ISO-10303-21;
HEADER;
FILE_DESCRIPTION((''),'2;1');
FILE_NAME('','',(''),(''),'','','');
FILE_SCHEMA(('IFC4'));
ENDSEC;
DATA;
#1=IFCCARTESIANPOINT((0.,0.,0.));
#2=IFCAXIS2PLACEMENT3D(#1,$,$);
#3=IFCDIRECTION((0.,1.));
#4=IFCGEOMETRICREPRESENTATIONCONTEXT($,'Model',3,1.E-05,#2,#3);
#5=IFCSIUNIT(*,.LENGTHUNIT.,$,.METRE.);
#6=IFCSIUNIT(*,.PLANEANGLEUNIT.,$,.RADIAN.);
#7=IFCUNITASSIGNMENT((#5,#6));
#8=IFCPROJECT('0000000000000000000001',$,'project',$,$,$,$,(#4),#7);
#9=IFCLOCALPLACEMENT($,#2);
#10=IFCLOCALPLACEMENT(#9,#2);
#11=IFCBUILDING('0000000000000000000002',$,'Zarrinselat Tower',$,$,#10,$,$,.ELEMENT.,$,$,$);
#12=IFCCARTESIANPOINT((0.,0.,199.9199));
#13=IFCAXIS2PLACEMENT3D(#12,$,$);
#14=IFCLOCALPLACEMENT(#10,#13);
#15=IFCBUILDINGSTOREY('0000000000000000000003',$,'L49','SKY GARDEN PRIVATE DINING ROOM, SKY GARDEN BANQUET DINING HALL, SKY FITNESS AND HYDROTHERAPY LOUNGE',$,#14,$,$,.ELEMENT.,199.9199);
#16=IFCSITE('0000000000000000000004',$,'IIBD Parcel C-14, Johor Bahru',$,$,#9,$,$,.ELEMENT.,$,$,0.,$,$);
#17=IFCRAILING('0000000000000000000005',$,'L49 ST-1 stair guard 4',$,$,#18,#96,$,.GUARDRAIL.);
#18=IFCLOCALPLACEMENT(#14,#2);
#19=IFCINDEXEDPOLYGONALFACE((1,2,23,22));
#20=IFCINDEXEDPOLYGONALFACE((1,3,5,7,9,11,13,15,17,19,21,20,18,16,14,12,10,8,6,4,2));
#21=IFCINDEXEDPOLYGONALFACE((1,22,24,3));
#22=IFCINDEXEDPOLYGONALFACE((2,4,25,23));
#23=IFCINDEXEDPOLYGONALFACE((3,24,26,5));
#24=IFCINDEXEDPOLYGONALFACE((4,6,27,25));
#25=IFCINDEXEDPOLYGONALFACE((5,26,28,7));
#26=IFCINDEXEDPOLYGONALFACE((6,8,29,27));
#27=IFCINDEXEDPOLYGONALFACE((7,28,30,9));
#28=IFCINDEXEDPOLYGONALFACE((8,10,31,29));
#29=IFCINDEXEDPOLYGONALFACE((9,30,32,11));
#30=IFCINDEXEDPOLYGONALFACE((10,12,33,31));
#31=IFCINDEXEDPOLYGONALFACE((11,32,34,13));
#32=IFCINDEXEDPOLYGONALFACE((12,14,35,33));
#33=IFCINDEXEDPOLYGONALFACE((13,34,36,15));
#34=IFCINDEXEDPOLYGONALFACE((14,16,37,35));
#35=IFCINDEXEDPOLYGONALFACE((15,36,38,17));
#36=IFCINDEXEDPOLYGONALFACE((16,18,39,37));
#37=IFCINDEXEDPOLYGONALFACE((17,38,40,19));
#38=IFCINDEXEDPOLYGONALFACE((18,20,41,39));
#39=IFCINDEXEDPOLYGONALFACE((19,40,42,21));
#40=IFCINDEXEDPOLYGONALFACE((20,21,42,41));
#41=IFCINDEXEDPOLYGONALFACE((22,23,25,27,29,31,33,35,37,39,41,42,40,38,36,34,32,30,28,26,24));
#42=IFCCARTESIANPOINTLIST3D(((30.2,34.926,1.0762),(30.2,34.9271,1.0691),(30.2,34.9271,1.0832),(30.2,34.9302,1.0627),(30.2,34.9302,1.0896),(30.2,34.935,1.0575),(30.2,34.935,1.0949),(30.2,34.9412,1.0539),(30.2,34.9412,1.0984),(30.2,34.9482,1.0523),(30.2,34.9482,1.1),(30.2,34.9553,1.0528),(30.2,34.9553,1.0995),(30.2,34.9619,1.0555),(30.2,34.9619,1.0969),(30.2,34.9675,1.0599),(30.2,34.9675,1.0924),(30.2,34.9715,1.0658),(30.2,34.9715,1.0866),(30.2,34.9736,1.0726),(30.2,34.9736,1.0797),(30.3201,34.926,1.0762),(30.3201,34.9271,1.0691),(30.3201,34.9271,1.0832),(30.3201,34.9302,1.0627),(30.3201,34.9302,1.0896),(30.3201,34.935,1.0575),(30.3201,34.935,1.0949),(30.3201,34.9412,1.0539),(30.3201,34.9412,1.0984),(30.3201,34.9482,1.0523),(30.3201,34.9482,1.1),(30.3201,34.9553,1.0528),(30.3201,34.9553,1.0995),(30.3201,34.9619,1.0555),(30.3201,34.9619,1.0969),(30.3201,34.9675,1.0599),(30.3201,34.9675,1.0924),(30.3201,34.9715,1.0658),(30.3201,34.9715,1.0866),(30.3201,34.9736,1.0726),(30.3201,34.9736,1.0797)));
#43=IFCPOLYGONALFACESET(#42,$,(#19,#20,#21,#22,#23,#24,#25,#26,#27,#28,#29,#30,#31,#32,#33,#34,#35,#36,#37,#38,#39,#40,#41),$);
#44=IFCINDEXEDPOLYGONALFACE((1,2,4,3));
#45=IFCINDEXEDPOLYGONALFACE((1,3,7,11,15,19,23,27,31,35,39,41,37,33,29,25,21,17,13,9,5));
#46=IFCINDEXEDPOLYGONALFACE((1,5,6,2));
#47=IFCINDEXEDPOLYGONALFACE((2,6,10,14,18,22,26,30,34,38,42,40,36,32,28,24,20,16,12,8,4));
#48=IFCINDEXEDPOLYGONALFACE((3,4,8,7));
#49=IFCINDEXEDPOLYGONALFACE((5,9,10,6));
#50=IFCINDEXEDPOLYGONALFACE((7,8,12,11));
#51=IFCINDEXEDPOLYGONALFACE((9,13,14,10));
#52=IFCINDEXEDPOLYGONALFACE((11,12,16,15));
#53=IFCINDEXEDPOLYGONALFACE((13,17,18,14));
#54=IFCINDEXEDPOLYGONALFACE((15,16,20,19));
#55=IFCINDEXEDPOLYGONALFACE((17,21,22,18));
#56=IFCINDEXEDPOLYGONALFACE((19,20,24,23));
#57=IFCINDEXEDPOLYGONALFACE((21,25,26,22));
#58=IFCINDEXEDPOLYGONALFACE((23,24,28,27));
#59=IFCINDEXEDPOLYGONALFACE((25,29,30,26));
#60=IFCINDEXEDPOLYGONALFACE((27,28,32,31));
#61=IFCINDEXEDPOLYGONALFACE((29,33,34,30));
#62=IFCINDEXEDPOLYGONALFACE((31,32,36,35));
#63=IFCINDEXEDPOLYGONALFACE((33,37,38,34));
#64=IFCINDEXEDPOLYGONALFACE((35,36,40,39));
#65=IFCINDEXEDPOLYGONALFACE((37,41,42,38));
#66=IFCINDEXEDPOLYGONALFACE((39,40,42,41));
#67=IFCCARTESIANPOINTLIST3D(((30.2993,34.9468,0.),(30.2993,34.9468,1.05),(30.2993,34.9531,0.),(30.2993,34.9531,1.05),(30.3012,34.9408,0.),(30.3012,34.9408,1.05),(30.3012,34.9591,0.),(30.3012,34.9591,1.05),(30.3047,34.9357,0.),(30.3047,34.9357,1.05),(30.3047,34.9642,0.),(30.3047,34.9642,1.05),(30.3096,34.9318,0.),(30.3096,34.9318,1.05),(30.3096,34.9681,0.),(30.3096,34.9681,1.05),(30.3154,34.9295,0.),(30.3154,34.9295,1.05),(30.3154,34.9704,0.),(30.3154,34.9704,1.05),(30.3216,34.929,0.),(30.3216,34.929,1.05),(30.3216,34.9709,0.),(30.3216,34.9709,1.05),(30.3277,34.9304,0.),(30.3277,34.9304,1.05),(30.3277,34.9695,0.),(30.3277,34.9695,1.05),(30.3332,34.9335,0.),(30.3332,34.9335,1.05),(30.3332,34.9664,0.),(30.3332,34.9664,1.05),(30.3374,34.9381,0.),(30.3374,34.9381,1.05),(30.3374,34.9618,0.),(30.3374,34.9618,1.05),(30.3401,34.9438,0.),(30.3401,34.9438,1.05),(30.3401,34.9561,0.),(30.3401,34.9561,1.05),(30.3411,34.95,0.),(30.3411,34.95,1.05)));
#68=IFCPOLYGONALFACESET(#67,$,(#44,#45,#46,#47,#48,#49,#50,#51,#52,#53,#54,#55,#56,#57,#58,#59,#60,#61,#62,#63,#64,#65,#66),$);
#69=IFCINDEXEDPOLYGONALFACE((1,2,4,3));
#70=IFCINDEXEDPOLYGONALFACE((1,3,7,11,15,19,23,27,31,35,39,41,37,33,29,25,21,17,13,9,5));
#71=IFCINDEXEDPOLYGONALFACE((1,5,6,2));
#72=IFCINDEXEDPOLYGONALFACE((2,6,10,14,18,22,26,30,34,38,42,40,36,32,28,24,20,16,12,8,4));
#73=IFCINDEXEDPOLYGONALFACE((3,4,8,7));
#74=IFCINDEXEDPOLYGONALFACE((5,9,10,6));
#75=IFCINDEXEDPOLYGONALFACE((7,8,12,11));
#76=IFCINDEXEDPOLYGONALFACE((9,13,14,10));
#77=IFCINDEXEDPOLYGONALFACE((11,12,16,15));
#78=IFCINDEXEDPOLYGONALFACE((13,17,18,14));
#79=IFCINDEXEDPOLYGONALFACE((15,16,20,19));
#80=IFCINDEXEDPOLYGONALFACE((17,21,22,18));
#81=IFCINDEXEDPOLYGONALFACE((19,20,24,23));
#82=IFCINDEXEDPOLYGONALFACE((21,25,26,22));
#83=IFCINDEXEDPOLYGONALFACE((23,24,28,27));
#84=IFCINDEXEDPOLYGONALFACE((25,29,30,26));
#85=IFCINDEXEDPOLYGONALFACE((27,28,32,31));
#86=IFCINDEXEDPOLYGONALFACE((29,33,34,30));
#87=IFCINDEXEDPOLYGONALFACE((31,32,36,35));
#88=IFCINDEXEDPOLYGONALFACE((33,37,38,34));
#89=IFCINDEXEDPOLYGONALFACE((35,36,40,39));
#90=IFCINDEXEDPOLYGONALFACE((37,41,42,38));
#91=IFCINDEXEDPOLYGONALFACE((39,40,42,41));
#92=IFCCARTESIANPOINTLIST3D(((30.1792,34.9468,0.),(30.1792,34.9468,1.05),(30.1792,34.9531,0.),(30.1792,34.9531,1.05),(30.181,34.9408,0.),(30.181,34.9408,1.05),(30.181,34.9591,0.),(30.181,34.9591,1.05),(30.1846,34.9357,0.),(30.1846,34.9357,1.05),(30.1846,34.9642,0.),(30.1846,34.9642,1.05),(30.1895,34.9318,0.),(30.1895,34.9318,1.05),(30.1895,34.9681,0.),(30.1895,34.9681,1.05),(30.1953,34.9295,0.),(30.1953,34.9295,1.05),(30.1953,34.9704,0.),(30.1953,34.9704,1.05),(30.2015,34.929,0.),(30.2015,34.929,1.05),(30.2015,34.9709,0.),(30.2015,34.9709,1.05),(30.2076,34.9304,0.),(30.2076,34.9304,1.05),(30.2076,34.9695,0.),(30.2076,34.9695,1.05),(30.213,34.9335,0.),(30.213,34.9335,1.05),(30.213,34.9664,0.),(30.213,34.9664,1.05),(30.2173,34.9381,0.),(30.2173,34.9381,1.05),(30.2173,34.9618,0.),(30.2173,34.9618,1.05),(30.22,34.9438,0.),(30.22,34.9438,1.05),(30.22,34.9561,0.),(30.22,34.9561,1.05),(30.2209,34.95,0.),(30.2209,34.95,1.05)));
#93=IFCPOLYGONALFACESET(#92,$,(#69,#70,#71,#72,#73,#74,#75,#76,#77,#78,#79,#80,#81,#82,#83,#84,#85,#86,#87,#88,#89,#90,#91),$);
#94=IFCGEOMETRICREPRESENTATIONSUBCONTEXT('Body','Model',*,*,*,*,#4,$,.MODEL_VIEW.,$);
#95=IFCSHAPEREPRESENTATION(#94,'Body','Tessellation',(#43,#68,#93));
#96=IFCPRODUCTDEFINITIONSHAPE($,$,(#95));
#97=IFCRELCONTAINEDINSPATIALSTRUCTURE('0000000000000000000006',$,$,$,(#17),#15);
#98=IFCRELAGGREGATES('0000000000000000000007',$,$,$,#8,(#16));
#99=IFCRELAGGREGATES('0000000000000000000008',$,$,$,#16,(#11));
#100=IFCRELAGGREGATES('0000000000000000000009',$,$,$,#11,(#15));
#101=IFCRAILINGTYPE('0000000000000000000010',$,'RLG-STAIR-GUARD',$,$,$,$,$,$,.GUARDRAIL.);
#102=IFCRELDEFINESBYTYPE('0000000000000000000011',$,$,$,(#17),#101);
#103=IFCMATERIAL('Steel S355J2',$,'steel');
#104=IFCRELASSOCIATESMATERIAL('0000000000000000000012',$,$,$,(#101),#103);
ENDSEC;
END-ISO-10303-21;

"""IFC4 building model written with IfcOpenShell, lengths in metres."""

from ifc_helpers import new_model, si_unit, direction, frame, origin, origin_2d, place, context, subcontext, project, spatial, circle, extrude, material, type_object, element, save


model = new_model("IFC4")

# Units and contexts
model_context = context("Model", 3, precision=1e-05, world=origin(), true_north=direction((0.0, 1.0)))
body_context = subcontext(model_context, "Body", "Model", "MODEL_VIEW")
ifc_project = project(units=[si_unit("LENGTHUNIT", "METRE"), si_unit("PLANEANGLEUNIT", "RADIAN")], contexts=[model_context])

# Site, building, storey
site_placement = place(None, origin())
site = spatial("IfcSite", under=ifc_project, at=site_placement, Name="IIBD Parcel C-14, Johor Bahru", CompositionType="ELEMENT", RefElevation=0.0)
building_placement = place(site_placement, origin())
building = spatial("IfcBuilding", under=site, at=building_placement, Name="Zarrinselat Tower", CompositionType="ELEMENT")
storey_placement = place(building_placement, frame((0.0, 0.0, 199.9199)))
storey = spatial("IfcBuildingStorey", under=building, at=storey_placement, Name="L49", Description="SKY GARDEN PRIVATE DINING ROOM, SKY GARDEN BANQUET DINING HALL, SKY FITNESS AND HYDROTHERAPY LOUNGE", CompositionType="ELEMENT", Elevation=199.9199)

# Railing
ifc_material_1 = material(Name="Steel S355J2", Category="steel")
railing_type_1 = type_object("IfcRailingType", Name="RLG-STAIR-GUARD", PredefinedType="GUARDRAIL", material=ifc_material_1)
railing_1_placement = place(storey_placement, frame((30.3201, 34.95, 0.0)))
element("IfcRailing", 1, at=railing_1_placement, inside=storey, type_object=railing_type_1, Name="L49 ST-1 stair guard 4", PredefinedType="GUARDRAIL", context=body_context, shape_type="SweptSolid", body=[
    extrude(circle(Radius=0.0239, at=origin_2d()), frame((0.0, 0.0, 1.0762), z_axis=(-1.0, 0.0, 0.0), x_axis=(0.0, -1.0, 0.0)), (0.0, 0.0, 1.0), 0.1201),
    extrude(circle(Radius=0.021, at=origin_2d()), origin(), (0.0, 0.0, 1.0), 1.05),
    extrude(circle(Radius=0.021, at=origin_2d()), frame((-0.1201, 0.0, 0.0)), (0.0, 0.0, 1.0), 1.05),
])

save(model, "model.ifc")
